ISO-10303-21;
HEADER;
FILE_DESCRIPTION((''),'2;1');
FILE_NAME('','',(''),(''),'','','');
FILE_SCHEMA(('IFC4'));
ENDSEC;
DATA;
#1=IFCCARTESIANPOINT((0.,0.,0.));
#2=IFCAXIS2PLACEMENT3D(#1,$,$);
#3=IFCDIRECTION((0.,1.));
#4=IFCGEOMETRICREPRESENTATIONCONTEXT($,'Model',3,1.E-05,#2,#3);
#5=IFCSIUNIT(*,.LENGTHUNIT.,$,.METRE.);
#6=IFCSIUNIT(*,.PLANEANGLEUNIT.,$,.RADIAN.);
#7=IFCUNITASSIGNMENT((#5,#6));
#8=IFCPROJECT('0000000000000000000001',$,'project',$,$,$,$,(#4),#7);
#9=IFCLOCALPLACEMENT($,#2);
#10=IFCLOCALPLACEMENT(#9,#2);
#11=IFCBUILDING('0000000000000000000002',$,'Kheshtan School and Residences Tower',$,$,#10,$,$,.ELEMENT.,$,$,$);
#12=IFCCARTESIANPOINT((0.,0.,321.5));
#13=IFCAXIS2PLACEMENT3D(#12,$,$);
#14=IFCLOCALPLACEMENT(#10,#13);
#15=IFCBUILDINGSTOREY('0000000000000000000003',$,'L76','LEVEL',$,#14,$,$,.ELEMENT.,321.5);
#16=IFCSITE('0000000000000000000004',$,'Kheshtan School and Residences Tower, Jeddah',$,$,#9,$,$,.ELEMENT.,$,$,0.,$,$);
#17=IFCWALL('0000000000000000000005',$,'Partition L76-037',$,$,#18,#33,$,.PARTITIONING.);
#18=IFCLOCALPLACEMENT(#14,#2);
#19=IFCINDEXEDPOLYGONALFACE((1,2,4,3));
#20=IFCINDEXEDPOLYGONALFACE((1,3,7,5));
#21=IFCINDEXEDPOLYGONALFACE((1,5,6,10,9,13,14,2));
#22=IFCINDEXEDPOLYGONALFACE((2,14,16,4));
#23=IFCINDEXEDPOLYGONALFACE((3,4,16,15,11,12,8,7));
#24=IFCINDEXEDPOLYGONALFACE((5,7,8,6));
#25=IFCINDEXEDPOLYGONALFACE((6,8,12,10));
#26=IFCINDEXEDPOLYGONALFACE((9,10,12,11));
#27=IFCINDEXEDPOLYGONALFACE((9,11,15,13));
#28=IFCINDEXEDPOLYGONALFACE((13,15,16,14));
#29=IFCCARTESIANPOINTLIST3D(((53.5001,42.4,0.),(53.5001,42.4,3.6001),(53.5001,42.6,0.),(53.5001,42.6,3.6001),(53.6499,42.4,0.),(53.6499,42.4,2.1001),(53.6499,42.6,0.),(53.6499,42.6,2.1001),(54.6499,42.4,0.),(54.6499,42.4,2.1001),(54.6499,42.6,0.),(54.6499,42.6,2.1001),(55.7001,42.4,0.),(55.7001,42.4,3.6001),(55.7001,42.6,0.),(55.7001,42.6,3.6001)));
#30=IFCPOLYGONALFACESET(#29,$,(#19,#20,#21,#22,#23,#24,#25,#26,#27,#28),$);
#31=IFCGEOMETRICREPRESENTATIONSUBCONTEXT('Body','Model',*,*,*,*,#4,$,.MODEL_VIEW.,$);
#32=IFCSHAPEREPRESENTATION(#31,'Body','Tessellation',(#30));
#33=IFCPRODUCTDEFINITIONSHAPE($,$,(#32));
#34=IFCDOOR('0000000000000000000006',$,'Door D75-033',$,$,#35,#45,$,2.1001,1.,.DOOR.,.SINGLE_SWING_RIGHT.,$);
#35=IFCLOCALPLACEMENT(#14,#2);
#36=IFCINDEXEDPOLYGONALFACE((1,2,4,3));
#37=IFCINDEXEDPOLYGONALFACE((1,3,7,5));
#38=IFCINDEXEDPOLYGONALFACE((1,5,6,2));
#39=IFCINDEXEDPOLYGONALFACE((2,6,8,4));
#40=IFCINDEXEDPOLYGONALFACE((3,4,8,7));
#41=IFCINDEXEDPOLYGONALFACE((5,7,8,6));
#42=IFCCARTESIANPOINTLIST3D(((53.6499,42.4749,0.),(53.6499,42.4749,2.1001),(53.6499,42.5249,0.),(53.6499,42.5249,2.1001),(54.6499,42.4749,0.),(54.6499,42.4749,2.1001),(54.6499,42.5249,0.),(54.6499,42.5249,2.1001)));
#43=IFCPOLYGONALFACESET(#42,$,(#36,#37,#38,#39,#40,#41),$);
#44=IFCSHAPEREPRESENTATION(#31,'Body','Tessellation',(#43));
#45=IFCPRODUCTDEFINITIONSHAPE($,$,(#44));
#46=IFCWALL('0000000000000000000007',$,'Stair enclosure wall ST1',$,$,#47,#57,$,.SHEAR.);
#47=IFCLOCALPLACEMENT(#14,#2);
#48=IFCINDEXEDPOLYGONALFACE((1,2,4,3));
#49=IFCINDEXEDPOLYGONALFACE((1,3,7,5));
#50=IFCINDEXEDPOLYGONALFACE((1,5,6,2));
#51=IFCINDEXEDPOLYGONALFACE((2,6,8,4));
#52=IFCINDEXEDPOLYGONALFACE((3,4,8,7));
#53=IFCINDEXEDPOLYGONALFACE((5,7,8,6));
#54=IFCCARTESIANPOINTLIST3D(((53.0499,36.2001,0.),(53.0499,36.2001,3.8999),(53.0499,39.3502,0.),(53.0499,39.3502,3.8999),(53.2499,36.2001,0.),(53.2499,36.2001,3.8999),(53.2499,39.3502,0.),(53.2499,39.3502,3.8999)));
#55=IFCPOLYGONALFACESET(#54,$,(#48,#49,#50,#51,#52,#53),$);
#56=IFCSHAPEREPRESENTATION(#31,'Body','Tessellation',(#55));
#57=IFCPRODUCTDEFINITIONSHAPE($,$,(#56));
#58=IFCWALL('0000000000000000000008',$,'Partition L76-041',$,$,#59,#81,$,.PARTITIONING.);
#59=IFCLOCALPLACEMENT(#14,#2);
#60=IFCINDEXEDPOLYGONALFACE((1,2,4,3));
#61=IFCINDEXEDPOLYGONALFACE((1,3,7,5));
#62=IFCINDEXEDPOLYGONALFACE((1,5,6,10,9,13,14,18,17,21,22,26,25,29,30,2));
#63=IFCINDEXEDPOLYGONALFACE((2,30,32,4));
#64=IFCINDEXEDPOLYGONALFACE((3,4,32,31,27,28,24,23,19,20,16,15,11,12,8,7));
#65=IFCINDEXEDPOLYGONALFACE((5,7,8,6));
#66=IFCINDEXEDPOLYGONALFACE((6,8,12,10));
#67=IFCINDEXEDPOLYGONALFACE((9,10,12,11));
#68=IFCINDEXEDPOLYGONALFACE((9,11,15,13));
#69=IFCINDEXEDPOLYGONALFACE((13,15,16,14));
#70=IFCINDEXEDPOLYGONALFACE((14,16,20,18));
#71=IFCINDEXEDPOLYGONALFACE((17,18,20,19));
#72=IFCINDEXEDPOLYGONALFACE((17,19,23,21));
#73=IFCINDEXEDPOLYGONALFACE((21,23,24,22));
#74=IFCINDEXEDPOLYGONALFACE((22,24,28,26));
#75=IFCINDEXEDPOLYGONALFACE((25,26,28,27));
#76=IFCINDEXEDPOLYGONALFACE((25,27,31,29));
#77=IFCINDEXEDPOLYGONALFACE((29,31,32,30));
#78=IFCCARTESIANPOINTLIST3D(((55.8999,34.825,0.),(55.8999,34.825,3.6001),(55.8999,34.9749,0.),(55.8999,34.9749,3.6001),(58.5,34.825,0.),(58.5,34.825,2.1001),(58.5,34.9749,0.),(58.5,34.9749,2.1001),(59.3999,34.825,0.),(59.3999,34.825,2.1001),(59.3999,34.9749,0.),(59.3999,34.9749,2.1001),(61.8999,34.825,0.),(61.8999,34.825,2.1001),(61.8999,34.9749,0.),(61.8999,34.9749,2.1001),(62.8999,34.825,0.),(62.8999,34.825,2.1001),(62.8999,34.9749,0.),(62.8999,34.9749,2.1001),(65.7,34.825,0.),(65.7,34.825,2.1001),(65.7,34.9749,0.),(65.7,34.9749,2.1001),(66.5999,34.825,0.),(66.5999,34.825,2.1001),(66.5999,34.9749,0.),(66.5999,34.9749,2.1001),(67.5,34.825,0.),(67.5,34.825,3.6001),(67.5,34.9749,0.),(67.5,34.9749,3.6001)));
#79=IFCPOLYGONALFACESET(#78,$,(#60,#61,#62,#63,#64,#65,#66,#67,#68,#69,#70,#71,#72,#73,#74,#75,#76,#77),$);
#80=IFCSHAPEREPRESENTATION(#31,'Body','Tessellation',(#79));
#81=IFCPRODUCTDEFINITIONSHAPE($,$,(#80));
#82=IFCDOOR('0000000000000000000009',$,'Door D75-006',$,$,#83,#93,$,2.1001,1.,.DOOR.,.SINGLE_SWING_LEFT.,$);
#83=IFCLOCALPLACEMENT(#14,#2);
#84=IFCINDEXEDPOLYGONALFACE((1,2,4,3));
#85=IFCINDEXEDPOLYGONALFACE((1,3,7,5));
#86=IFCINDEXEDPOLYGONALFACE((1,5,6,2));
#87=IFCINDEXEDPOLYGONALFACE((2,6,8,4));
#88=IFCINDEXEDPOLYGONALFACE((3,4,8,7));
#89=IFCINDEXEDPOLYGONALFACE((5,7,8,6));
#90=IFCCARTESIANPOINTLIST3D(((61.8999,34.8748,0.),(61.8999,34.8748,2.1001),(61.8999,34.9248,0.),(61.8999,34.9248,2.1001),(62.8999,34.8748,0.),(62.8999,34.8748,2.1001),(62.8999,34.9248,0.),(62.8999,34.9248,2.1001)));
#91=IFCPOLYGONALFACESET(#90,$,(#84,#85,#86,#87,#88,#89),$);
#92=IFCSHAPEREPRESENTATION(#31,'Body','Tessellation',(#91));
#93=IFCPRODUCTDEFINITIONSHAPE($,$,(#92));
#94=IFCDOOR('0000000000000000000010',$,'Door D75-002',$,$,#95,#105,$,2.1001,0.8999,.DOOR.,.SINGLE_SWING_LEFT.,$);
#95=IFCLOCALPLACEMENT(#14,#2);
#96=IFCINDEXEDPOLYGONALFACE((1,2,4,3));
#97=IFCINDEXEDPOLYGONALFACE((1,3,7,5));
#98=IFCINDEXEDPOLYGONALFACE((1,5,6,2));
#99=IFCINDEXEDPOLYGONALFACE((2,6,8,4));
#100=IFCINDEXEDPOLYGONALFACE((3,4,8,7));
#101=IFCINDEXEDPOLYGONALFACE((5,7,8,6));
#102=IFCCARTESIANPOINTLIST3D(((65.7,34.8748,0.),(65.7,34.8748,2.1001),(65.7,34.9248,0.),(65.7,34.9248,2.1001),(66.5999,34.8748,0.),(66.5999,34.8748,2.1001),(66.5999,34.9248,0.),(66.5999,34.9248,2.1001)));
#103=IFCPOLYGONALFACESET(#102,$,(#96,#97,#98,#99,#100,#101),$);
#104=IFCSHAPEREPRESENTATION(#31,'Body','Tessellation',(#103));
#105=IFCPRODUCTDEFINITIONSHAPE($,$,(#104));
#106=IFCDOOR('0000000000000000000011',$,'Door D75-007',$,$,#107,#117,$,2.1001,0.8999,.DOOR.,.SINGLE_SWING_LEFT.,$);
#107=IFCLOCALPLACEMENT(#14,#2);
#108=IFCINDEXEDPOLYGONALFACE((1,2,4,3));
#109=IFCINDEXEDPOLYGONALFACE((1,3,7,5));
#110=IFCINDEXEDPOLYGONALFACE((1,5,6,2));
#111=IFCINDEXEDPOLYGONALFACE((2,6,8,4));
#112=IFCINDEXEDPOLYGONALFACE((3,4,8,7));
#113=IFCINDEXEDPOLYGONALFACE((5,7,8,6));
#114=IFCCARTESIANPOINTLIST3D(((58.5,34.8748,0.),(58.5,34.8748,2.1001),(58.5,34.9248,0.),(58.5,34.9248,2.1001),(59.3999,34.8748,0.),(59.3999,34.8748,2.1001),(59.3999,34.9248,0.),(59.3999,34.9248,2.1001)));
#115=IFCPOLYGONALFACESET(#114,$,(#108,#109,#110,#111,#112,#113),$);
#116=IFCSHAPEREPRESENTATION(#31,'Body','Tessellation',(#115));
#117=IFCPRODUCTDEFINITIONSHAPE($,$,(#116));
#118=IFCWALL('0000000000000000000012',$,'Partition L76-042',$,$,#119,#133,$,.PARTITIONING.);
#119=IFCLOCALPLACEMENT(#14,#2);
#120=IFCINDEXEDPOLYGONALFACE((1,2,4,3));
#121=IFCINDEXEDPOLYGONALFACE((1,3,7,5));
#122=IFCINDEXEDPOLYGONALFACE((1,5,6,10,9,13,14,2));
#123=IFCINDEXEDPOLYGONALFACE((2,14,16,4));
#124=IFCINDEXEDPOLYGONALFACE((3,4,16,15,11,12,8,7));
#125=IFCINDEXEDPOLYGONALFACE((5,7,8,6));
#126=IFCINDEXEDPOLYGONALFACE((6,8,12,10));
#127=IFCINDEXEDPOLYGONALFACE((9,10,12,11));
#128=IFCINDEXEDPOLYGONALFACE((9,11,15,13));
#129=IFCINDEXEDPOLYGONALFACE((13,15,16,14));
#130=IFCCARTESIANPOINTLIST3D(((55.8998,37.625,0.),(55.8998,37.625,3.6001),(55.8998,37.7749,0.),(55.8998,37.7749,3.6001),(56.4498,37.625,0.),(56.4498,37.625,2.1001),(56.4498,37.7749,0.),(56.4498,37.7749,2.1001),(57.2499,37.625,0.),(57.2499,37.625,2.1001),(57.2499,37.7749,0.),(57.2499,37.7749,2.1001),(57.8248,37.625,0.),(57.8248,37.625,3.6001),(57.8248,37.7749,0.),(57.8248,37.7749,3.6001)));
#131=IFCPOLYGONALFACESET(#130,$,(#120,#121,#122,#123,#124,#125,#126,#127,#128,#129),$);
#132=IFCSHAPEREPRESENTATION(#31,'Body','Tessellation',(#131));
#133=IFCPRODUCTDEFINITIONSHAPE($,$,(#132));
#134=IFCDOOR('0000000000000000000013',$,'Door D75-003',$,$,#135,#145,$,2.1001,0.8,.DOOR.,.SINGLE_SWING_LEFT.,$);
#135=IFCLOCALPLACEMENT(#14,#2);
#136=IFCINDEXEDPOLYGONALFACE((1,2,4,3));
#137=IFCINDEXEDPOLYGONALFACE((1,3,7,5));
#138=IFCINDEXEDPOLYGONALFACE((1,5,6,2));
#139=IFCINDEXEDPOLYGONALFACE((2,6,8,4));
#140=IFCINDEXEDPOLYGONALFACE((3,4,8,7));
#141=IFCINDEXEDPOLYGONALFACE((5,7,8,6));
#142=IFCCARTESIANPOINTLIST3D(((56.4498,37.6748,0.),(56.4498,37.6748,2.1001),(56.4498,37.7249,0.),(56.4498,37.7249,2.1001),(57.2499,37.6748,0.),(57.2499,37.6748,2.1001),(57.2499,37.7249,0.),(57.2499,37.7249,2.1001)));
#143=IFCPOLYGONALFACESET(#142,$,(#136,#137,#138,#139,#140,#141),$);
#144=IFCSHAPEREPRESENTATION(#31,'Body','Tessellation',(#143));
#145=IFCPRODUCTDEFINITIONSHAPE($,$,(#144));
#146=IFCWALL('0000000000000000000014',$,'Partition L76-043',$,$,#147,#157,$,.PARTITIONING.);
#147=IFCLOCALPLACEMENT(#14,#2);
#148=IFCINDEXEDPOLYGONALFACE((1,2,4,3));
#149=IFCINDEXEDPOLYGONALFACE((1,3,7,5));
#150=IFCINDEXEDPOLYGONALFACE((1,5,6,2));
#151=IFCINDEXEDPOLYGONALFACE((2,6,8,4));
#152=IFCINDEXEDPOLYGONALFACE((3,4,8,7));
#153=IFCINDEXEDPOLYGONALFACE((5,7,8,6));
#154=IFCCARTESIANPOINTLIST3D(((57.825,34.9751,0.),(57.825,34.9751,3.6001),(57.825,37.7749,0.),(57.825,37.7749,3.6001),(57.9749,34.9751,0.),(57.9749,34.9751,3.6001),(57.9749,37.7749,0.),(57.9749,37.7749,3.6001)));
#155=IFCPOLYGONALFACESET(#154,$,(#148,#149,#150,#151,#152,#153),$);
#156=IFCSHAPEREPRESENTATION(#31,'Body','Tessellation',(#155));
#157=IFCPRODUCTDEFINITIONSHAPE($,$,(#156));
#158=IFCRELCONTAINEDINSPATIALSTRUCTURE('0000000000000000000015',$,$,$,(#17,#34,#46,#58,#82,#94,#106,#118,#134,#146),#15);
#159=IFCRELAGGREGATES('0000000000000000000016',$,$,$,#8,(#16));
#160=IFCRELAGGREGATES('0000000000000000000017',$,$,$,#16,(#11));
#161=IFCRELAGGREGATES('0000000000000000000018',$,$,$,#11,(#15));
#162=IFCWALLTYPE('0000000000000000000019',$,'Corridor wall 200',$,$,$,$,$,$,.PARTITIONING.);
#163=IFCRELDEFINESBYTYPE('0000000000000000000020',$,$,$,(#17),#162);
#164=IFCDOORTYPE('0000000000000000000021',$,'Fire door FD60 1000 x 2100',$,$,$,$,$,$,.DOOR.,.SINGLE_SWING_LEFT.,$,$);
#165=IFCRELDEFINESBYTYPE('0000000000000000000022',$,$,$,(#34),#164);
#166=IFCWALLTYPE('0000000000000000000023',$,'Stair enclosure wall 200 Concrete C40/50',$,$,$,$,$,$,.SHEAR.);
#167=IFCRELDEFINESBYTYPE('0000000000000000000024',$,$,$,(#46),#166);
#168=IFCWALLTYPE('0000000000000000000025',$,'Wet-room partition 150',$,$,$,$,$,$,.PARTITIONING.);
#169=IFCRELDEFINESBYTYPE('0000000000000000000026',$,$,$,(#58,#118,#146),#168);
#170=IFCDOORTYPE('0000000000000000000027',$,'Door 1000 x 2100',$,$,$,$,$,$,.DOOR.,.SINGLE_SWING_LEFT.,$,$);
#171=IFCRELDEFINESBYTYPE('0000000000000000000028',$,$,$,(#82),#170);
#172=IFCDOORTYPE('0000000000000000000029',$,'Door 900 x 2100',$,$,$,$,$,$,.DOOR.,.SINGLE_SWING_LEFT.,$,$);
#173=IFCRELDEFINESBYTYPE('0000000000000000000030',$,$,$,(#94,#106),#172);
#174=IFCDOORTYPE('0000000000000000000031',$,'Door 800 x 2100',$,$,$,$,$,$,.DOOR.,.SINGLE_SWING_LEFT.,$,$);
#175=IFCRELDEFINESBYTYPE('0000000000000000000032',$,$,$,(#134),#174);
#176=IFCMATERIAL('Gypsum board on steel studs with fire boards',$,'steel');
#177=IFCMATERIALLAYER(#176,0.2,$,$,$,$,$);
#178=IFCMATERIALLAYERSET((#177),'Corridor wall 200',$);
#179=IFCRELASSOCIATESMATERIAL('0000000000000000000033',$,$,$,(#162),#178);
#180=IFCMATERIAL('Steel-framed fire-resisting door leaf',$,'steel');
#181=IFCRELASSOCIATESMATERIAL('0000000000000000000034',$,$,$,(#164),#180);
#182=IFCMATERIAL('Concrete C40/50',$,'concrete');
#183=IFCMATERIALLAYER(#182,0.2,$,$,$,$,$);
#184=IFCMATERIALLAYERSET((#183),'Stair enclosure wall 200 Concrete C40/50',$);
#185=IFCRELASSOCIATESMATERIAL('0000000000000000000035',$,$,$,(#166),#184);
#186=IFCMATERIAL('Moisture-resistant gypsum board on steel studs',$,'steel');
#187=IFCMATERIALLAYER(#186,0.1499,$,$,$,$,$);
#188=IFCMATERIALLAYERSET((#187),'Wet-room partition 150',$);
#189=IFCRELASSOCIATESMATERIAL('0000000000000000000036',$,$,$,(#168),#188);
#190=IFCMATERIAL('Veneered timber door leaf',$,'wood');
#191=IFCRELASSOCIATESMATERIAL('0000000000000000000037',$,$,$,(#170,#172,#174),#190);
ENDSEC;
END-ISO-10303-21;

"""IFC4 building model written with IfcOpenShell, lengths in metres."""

from ifc_helpers import new_model, si_unit, direction, frame, frame_2d, origin, place, context, subcontext, project, spatial, rectangle, extrude, source, transform, mapped, material, layer, layer_set, type_object, element, fill, save


model = new_model("IFC4")

# Units and contexts
model_context = context("Model", 3, precision=1e-05, world=origin(), true_north=direction((0.0, 1.0)))
body_context = subcontext(model_context, "Body", "Model", "MODEL_VIEW")
ifc_project = project(units=[si_unit("LENGTHUNIT", "METRE"), si_unit("PLANEANGLEUNIT", "RADIAN")], contexts=[model_context])

# Site, building, storey
site_placement = place(None, origin())
site = spatial("IfcSite", under=ifc_project, at=site_placement, Name="Kheshtan School and Residences Tower, Jeddah", CompositionType="ELEMENT", RefElevation=0.0)
building_placement = place(site_placement, origin())
building = spatial("IfcBuilding", under=site, at=building_placement, Name="Kheshtan School and Residences Tower", CompositionType="ELEMENT")
storey_placement = place(building_placement, frame((0.0, 0.0, 321.5)))
storey = spatial("IfcBuildingStorey", under=building, at=storey_placement, Name="L76", Description="LEVEL", CompositionType="ELEMENT", Elevation=321.5)

# Shared definitions
ifc_material_1 = material(Name="Gypsum board on steel studs with fire boards", Category="steel")
ifc_layer_1 = layer(ifc_material_1, 0.2)
ifc_layer_set_1 = layer_set([ifc_layer_1], Name="Corridor wall 200")
wall_type_1 = type_object("IfcWallType", Name="Corridor wall 200", PredefinedType="PARTITIONING", material=ifc_layer_set_1)

# Wall, opening, door
wall_1_placement = place(storey_placement, frame((53.5, 42.5, 0.0), z_axis=(0.0, 0.0, 1.0), x_axis=(1.0, 0.0, 0.0)))
wall_1 = element("IfcWall", 1, at=wall_1_placement, inside=storey, type_object=wall_type_1, Name="Partition L76-037", PredefinedType="PARTITIONING", context=body_context, shape_type="SweptSolid", body=[
    extrude(rectangle(XDim=2.2, YDim=0.2, at=frame_2d((1.1001, 0.0))), origin(), (0.0, 0.0, 1.0), 3.6001),
])
opening_1_placement = place(wall_1_placement, frame((0.1499, 0.0, 0.0)))
opening_1 = element("IfcOpeningElement", 2, at=opening_1_placement, cuts=wall_1, PredefinedType="OPENING", context=body_context, shape_type="SweptSolid", body=[
    extrude(rectangle(XDim=1.0, YDim=2.1001, at=frame_2d((0.5, 1.05))), frame((0.0, 0.1099, 0.0), z_axis=(0.0, -1.0, 0.0), x_axis=(1.0, 0.0, 0.0)), (0.0, 0.0, 1.0), 0.22),
])
ifc_material_2 = material(Name="Steel-framed fire-resisting door leaf", Category="steel")
door_type_1 = type_object("IfcDoorType", Name="Fire door FD60 1000 x 2100", OperationType="SINGLE_SWING_LEFT", PredefinedType="DOOR", material=ifc_material_2)
shared_shape_1 = source(origin(), body_context, "Body", "SweptSolid", [
    extrude(rectangle(XDim=1.0, YDim=2.1001, at=frame_2d((0.5, 1.05))), frame((0.0, 0.0249, 0.0), z_axis=(0.0, -1.0, 0.0), x_axis=(1.0, 0.0, 0.0)), (0.0, 0.0, 1.0), 0.05),
])
door_1_placement = place(opening_1_placement, origin())
door_1 = element("IfcDoor", 3, at=door_1_placement, inside=storey, type_object=door_type_1, Name="Door D75-033", OperationType="SINGLE_SWING_RIGHT", OverallHeight=2.1001, OverallWidth=1.0, PredefinedType="DOOR", context=body_context, shape_type="MappedRepresentation", body=[
    mapped(shared_shape_1, transform((0.0, 0.0, 0.0), x_axis=(1.0, 0.0, 0.0), y_axis=(0.0, 1.0, 0.0), z_axis=(0.0, 0.0, 1.0), scale=1.0)),
])
fill(opening_1, door_1)

# Wall
ifc_material_3 = material(Name="Concrete C40/50", Category="concrete")
ifc_layer_2 = layer(ifc_material_3, 0.2)
ifc_layer_set_2 = layer_set([ifc_layer_2], Name="Stair enclosure wall 200 Concrete C40/50")
wall_type_2 = type_object("IfcWallType", Name="Stair enclosure wall 200 Concrete C40/50", PredefinedType="SHEAR", material=ifc_layer_set_2)
wall_2_placement = place(storey_placement, frame((53.1499, 36.2, 0.0), z_axis=(0.0, 0.0, 1.0), x_axis=(0.0, 1.0, 0.0)))
element("IfcWall", 4, at=wall_2_placement, inside=storey, type_object=wall_type_2, Name="Stair enclosure wall ST1", PredefinedType="SHEAR", context=body_context, shape_type="SweptSolid", body=[
    extrude(rectangle(XDim=3.1501, YDim=0.2, at=frame_2d((1.5752, 0.0))), origin(), (0.0, 0.0, 1.0), 3.8999),
])

# Wall, openings, doors
ifc_material_4 = material(Name="Moisture-resistant gypsum board on steel studs", Category="steel")
ifc_layer_3 = layer(ifc_material_4, 0.1499)
ifc_layer_set_3 = layer_set([ifc_layer_3], Name="Wet-room partition 150")
wall_type_3 = type_object("IfcWallType", Name="Wet-room partition 150", PredefinedType="PARTITIONING", material=ifc_layer_set_3)
wall_3_placement = place(storey_placement, frame((55.8999, 34.8999, 0.0), z_axis=(0.0, 0.0, 1.0), x_axis=(1.0, 0.0, 0.0)))
wall_3 = element("IfcWall", 5, at=wall_3_placement, inside=storey, type_object=wall_type_3, Name="Partition L76-041", PredefinedType="PARTITIONING", context=body_context, shape_type="SweptSolid", body=[
    extrude(rectangle(XDim=11.6001, YDim=0.1499, at=frame_2d((5.8, 0.0))), origin(), (0.0, 0.0, 1.0), 3.6001),
])
opening_2_placement = place(wall_3_placement, frame((9.8, 0.0, 0.0)))
opening_2 = element("IfcOpeningElement", 6, at=opening_2_placement, cuts=wall_3, PredefinedType="OPENING", context=body_context, shape_type="SweptSolid", body=[
    extrude(rectangle(XDim=0.8999, YDim=2.1001, at=frame_2d((0.45, 1.05))), frame((0.0, 0.085, 0.0), z_axis=(0.0, -1.0, 0.0), x_axis=(1.0, 0.0, 0.0)), (0.0, 0.0, 1.0), 0.1699),
])
opening_3_placement = place(wall_3_placement, frame((6.0, 0.0, 0.0)))
opening_3 = element("IfcOpeningElement", 7, at=opening_3_placement, cuts=wall_3, PredefinedType="OPENING", context=body_context, shape_type="SweptSolid", body=[
    extrude(rectangle(XDim=1.0, YDim=2.1001, at=frame_2d((0.5, 1.05))), frame((0.0, 0.085, 0.0), z_axis=(0.0, -1.0, 0.0), x_axis=(1.0, 0.0, 0.0)), (0.0, 0.0, 1.0), 0.1699),
])
opening_4_placement = place(wall_3_placement, frame((2.6001, 0.0, 0.0)))
opening_4 = element("IfcOpeningElement", 8, at=opening_4_placement, cuts=wall_3, PredefinedType="OPENING", context=body_context, shape_type="SweptSolid", body=[
    extrude(rectangle(XDim=0.8999, YDim=2.1001, at=frame_2d((0.45, 1.05))), frame((0.0, 0.085, 0.0), z_axis=(0.0, -1.0, 0.0), x_axis=(1.0, 0.0, 0.0)), (0.0, 0.0, 1.0), 0.1699),
])
ifc_material_5 = material(Name="Veneered timber door leaf", Category="wood")
door_type_2 = type_object("IfcDoorType", Name="Door 1000 x 2100", OperationType="SINGLE_SWING_LEFT", PredefinedType="DOOR", material=ifc_material_5)
shared_shape_2 = source(origin(), body_context, "Body", "SweptSolid", [
    extrude(rectangle(XDim=1.0, YDim=2.1001, at=frame_2d((0.5, 1.05))), frame((0.0, 0.0249, 0.0), z_axis=(0.0, -1.0, 0.0), x_axis=(1.0, 0.0, 0.0)), (0.0, 0.0, 1.0), 0.05),
])
door_2_placement = place(opening_3_placement, origin())
door_2 = element("IfcDoor", 9, at=door_2_placement, inside=storey, type_object=door_type_2, Name="Door D75-006", OperationType="SINGLE_SWING_LEFT", OverallHeight=2.1001, OverallWidth=1.0, PredefinedType="DOOR", context=body_context, shape_type="MappedRepresentation", body=[
    mapped(shared_shape_2, transform((0.0, 0.0, 0.0), x_axis=(1.0, 0.0, 0.0), y_axis=(0.0, 1.0, 0.0), z_axis=(0.0, 0.0, 1.0), scale=1.0)),
])
fill(opening_3, door_2)
door_type_3 = type_object("IfcDoorType", Name="Door 900 x 2100", OperationType="SINGLE_SWING_LEFT", PredefinedType="DOOR", material=ifc_material_5)
shared_shape_3 = source(origin(), body_context, "Body", "SweptSolid", [
    extrude(rectangle(XDim=0.8999, YDim=2.1001, at=frame_2d((0.45, 1.05))), frame((0.0, 0.0249, 0.0), z_axis=(0.0, -1.0, 0.0), x_axis=(1.0, 0.0, 0.0)), (0.0, 0.0, 1.0), 0.05),
])
door_3_placement = place(opening_2_placement, origin())
door_3 = element("IfcDoor", 10, at=door_3_placement, inside=storey, type_object=door_type_3, Name="Door D75-002", OperationType="SINGLE_SWING_LEFT", OverallHeight=2.1001, OverallWidth=0.8999, PredefinedType="DOOR", context=body_context, shape_type="MappedRepresentation", body=[
    mapped(shared_shape_3, transform((0.0, 0.0, 0.0), x_axis=(1.0, 0.0, 0.0), y_axis=(0.0, 1.0, 0.0), z_axis=(0.0, 0.0, 1.0), scale=1.0)),
])
fill(opening_2, door_3)
door_4_placement = place(opening_4_placement, origin())
door_4 = element("IfcDoor", 11, at=door_4_placement, inside=storey, type_object=door_type_3, Name="Door D75-007", OperationType="SINGLE_SWING_LEFT", OverallHeight=2.1001, OverallWidth=0.8999, PredefinedType="DOOR", context=body_context, shape_type="MappedRepresentation", body=[
    mapped(shared_shape_3, transform((0.0, 0.0, 0.0), x_axis=(1.0, 0.0, 0.0), y_axis=(0.0, 1.0, 0.0), z_axis=(0.0, 0.0, 1.0), scale=1.0)),
])
fill(opening_4, door_4)

# Wall, opening, door
wall_4_placement = place(storey_placement, frame((55.8999, 37.7, 0.0), z_axis=(0.0, 0.0, 1.0), x_axis=(1.0, 0.0, 0.0)))
wall_4 = element("IfcWall", 12, at=wall_4_placement, inside=storey, type_object=wall_type_3, Name="Partition L76-042", PredefinedType="PARTITIONING", context=body_context, shape_type="SweptSolid", body=[
    extrude(rectangle(XDim=1.925, YDim=0.1499, at=frame_2d((0.9624, 0.0))), origin(), (0.0, 0.0, 1.0), 3.6001),
])
opening_5_placement = place(wall_4_placement, frame((0.55, 0.0, 0.0)))
opening_5 = element("IfcOpeningElement", 13, at=opening_5_placement, cuts=wall_4, PredefinedType="OPENING", context=body_context, shape_type="SweptSolid", body=[
    extrude(rectangle(XDim=0.8, YDim=2.1001, at=frame_2d((0.3999, 1.05))), frame((0.0, 0.085, 0.0), z_axis=(0.0, -1.0, 0.0), x_axis=(1.0, 0.0, 0.0)), (0.0, 0.0, 1.0), 0.1699),
])
door_type_4 = type_object("IfcDoorType", Name="Door 800 x 2100", OperationType="SINGLE_SWING_LEFT", PredefinedType="DOOR", material=ifc_material_5)
shared_shape_4 = source(origin(), body_context, "Body", "SweptSolid", [
    extrude(rectangle(XDim=0.8, YDim=2.1001, at=frame_2d((0.3999, 1.05))), frame((0.0, 0.0249, 0.0), z_axis=(0.0, -1.0, 0.0), x_axis=(1.0, 0.0, 0.0)), (0.0, 0.0, 1.0), 0.05),
])
door_5_placement = place(opening_5_placement, origin())
door_5 = element("IfcDoor", 14, at=door_5_placement, inside=storey, type_object=door_type_4, Name="Door D75-003", OperationType="SINGLE_SWING_LEFT", OverallHeight=2.1001, OverallWidth=0.8, PredefinedType="DOOR", context=body_context, shape_type="MappedRepresentation", body=[
    mapped(shared_shape_4, transform((0.0, 0.0, 0.0), x_axis=(1.0, 0.0, 0.0), y_axis=(0.0, 1.0, 0.0), z_axis=(0.0, 0.0, 1.0), scale=1.0)),
])
fill(opening_5, door_5)

# Wall
wall_5_placement = place(storey_placement, frame((57.8999, 34.9751, 0.0), z_axis=(0.0, 0.0, 1.0), x_axis=(0.0, 1.0, 0.0)))
element("IfcWall", 15, at=wall_5_placement, inside=storey, type_object=wall_type_3, Name="Partition L76-043", PredefinedType="PARTITIONING", context=body_context, shape_type="SweptSolid", body=[
    extrude(rectangle(XDim=2.7998, YDim=0.1499, at=frame_2d((1.3999, 0.0))), origin(), (0.0, 0.0, 1.0), 3.6001),
])

save(model, "model.ifc")
